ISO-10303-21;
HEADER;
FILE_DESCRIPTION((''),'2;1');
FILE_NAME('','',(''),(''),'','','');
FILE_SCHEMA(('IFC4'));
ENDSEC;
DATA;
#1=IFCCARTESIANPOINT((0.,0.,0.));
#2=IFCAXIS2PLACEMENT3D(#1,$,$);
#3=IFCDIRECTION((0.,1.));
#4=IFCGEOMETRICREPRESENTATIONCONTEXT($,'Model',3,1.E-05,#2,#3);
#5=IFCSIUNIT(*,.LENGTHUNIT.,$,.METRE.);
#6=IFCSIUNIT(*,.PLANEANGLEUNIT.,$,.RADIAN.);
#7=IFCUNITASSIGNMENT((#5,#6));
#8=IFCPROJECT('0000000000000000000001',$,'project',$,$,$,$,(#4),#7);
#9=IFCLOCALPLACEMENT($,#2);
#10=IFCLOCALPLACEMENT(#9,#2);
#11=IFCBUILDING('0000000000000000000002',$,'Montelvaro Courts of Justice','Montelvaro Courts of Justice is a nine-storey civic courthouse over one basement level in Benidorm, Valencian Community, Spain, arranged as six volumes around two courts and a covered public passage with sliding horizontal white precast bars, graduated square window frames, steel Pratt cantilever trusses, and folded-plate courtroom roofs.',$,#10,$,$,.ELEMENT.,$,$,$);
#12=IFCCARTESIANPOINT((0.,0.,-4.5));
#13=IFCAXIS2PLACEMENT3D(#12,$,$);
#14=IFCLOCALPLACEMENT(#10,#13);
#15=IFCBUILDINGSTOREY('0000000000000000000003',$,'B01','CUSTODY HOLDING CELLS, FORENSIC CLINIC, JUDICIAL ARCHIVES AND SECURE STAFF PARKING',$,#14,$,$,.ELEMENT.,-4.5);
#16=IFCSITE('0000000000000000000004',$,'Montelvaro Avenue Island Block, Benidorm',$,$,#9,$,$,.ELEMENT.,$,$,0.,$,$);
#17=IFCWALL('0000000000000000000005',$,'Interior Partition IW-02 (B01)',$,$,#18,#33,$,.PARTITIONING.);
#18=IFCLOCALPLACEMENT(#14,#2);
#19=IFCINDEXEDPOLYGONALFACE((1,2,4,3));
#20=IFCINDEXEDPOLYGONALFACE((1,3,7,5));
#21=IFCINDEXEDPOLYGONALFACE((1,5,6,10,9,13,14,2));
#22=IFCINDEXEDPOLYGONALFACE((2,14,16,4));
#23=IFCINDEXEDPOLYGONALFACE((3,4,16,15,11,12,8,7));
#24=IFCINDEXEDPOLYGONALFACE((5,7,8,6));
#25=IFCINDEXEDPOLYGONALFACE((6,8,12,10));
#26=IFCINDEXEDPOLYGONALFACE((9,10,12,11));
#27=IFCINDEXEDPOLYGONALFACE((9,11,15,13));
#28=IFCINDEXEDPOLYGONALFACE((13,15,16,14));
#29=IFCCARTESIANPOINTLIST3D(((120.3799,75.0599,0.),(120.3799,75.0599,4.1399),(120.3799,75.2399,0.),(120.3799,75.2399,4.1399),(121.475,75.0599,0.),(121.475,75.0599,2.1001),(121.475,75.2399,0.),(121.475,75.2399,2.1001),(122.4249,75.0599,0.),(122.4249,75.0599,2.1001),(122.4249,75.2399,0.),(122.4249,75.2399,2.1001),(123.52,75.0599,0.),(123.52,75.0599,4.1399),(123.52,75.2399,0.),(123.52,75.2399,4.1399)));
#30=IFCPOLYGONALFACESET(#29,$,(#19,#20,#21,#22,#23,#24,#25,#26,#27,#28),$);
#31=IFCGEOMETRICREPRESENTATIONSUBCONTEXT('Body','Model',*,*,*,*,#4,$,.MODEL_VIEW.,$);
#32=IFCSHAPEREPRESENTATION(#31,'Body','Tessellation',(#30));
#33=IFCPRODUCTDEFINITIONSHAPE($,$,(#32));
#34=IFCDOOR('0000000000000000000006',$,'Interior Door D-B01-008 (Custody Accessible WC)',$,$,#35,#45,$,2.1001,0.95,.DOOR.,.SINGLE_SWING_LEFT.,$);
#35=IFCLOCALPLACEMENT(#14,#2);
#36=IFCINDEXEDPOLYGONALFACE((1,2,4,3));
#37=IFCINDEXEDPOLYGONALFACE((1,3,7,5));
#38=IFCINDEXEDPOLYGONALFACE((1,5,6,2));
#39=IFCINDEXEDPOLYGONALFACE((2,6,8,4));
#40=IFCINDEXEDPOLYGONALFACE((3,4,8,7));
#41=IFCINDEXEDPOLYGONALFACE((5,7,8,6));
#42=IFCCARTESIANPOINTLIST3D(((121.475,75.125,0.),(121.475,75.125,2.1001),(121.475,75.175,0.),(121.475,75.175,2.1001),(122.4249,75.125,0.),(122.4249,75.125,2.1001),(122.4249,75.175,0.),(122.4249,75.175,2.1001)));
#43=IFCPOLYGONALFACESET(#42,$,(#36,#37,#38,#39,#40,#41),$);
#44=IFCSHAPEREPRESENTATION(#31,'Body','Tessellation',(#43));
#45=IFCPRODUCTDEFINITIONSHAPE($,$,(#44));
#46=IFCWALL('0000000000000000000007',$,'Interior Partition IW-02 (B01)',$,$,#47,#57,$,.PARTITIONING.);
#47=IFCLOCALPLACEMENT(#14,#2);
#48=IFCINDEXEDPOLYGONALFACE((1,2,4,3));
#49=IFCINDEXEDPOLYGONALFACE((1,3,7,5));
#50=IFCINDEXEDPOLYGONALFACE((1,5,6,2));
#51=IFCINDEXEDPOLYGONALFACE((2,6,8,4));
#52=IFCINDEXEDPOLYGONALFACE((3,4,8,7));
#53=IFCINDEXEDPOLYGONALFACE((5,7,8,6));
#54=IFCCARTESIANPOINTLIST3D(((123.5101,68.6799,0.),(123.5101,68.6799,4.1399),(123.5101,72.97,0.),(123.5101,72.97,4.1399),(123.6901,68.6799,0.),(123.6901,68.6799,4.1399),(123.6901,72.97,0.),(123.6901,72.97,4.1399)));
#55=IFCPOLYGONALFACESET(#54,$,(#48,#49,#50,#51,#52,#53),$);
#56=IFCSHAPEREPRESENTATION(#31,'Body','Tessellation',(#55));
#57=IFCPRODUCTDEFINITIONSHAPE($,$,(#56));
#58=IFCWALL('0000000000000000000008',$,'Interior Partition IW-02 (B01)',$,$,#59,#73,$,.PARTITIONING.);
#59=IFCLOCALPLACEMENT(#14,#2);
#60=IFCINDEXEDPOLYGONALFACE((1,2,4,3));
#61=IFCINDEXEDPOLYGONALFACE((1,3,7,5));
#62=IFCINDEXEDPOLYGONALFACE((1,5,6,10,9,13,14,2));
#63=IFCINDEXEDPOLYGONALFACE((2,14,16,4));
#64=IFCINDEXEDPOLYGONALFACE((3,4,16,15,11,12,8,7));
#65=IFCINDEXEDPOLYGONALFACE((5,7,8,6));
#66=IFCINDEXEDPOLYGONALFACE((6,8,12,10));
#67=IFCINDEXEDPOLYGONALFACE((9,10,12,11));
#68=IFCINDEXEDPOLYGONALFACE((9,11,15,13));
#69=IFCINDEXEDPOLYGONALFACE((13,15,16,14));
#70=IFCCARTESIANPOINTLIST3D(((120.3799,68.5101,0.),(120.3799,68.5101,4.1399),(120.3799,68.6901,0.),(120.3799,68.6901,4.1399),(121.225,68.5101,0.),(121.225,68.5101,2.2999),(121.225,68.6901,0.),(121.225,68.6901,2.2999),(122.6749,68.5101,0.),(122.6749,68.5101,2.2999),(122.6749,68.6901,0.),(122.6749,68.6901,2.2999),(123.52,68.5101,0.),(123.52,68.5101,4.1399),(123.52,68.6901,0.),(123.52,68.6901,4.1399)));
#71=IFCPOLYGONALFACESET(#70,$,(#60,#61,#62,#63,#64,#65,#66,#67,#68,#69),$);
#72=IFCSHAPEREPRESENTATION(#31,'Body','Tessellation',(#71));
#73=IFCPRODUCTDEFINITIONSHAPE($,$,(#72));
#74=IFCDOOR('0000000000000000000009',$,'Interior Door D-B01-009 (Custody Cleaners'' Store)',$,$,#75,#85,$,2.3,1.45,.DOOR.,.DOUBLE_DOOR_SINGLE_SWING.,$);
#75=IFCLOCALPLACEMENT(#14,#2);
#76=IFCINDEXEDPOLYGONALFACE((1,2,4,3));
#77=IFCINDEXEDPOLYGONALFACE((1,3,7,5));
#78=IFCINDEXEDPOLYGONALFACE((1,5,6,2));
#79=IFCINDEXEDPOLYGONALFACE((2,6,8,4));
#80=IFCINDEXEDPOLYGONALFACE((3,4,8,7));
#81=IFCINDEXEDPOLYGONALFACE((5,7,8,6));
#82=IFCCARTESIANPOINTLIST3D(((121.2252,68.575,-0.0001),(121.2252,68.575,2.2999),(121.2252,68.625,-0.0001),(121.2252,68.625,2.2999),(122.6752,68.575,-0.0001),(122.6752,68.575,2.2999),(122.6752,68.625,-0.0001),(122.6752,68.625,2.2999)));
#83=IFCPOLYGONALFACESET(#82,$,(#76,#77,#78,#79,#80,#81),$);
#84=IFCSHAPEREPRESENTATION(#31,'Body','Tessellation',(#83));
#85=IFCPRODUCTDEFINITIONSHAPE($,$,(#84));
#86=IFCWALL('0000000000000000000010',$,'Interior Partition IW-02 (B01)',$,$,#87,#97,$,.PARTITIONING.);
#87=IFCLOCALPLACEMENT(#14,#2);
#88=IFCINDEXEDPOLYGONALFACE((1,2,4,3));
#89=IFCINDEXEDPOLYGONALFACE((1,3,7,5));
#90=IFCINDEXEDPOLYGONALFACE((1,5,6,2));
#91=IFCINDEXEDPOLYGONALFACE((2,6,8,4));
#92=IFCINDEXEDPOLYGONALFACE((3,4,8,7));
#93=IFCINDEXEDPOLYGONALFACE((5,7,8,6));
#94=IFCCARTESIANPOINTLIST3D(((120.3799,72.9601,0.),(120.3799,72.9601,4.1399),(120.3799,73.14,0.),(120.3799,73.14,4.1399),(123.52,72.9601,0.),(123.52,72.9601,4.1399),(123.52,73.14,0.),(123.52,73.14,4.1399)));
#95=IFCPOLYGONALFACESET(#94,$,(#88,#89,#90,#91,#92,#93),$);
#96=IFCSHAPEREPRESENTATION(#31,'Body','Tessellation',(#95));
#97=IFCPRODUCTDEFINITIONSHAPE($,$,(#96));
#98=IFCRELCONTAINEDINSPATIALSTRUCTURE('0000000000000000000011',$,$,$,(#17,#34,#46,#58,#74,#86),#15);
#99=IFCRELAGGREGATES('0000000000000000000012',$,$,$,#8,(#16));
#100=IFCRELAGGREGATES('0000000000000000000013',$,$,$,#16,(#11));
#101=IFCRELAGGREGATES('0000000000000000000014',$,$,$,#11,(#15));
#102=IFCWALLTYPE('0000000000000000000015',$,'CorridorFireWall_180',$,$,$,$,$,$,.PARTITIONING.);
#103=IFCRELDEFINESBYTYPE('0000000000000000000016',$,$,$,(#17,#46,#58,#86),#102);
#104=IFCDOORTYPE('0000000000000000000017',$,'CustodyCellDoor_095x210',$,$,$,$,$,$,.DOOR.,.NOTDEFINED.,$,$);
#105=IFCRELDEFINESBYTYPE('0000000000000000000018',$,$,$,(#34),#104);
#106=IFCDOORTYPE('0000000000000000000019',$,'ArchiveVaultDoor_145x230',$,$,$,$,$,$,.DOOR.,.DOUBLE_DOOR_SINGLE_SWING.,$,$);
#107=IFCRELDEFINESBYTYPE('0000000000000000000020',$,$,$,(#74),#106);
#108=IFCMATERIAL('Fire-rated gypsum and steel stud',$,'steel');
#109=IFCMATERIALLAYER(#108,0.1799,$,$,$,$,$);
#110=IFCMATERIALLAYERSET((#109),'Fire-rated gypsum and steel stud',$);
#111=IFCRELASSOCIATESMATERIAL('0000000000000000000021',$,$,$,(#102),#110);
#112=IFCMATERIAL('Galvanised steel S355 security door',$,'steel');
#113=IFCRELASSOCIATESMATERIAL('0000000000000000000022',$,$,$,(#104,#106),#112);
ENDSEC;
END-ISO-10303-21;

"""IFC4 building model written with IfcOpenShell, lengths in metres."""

from ifc_helpers import new_model, si_unit, direction, frame, frame_2d, origin, place, context, subcontext, project, spatial, rectangle, extrude, material, layer, layer_set, type_object, element, fill, save


model = new_model("IFC4")

# Units and contexts
model_context = context("Model", 3, precision=1e-05, world=origin(), true_north=direction((0.0, 1.0)))
body_context = subcontext(model_context, "Body", "Model", "MODEL_VIEW")
ifc_project = project(units=[si_unit("LENGTHUNIT", "METRE"), si_unit("PLANEANGLEUNIT", "RADIAN")], contexts=[model_context])

# Site, building, storey
site_placement = place(None, origin())
site = spatial("IfcSite", under=ifc_project, at=site_placement, Name="Montelvaro Avenue Island Block, Benidorm", CompositionType="ELEMENT", RefElevation=0.0)
building_placement = place(site_placement, origin())
building = spatial("IfcBuilding", under=site, at=building_placement, Name="Montelvaro Courts of Justice", Description="Montelvaro Courts of Justice is a nine-storey civic courthouse over one basement level in Benidorm, Valencian Community, Spain, arranged as six volumes around two courts and a covered public passage with sliding horizontal white precast bars, graduated square window frames, steel Pratt cantilever trusses, and folded-plate courtroom roofs.", CompositionType="ELEMENT")
storey_placement = place(building_placement, frame((0.0, 0.0, -4.5)))
storey = spatial("IfcBuildingStorey", under=building, at=storey_placement, Name="B01", Description="CUSTODY HOLDING CELLS, FORENSIC CLINIC, JUDICIAL ARCHIVES AND SECURE STAFF PARKING", CompositionType="ELEMENT", Elevation=-4.5)

# Shared definitions
ifc_material_1 = material(Name="Fire-rated gypsum and steel stud", Category="steel")
ifc_layer = layer(ifc_material_1, 0.1799)
ifc_layer_set = layer_set([ifc_layer], Name="Fire-rated gypsum and steel stud")
wall_type = type_object("IfcWallType", Name="CorridorFireWall_180", PredefinedType="PARTITIONING", material=ifc_layer_set)

# Wall, opening, door
wall_1_placement = place(storey_placement, frame((123.52, 75.1499, 0.0), z_axis=(0.0, 0.0, 1.0), x_axis=(-1.0, 0.0, 0.0)))
wall_1 = element("IfcWall", 1, at=wall_1_placement, inside=storey, type_object=wall_type, Name="Interior Partition IW-02 (B01)", PredefinedType="PARTITIONING", context=body_context, shape_type="SweptSolid", body=[
    extrude(rectangle(XDim=3.1401, YDim=0.1799, at=frame_2d((1.5701, 0.0))), origin(), (0.0, 0.0, 1.0), 4.1399),
])
opening_1_placement = place(wall_1_placement, frame((1.095, 0.0, 0.0)))
opening_1 = element("IfcOpeningElement", 2, at=opening_1_placement, cuts=wall_1, PredefinedType="OPENING", context=body_context, shape_type="SweptSolid", body=[
    extrude(rectangle(XDim=0.95, YDim=2.1001, at=frame_2d((0.4751, 1.05))), frame((0.0, 0.105, 0.0), z_axis=(0.0, -1.0, 0.0), x_axis=(1.0, 0.0, 0.0)), (0.0, 0.0, 1.0), 0.2097),
])
ifc_material_2 = material(Name="Galvanised steel S355 security door", Category="steel")
door_type_1 = type_object("IfcDoorType", Name="CustodyCellDoor_095x210", OperationType="NOTDEFINED", PredefinedType="DOOR", material=ifc_material_2)
door_1_placement = place(opening_1_placement, origin())
door_1 = element("IfcDoor", 3, at=door_1_placement, inside=storey, type_object=door_type_1, Name="Interior Door D-B01-008 (Custody Accessible WC)", OperationType="SINGLE_SWING_LEFT", OverallHeight=2.1001, OverallWidth=0.95, PredefinedType="DOOR", context=body_context, shape_type="SweptSolid", body=[
    extrude(rectangle(XDim=0.95, YDim=2.1001, at=frame_2d((0.4751, 1.05))), frame((0.0, 0.0249, 0.0), z_axis=(0.0, -1.0, 0.0), x_axis=(1.0, 0.0, 0.0)), (0.0, 0.0, 1.0), 0.05),
])
fill(opening_1, door_1)

# Wall
wall_2_placement = place(storey_placement, frame((123.6001, 72.97, 0.0), z_axis=(0.0, 0.0, 1.0), x_axis=(0.0, -1.0, 0.0)))
element("IfcWall", 4, at=wall_2_placement, inside=storey, type_object=wall_type, Name="Interior Partition IW-02 (B01)", PredefinedType="PARTITIONING", context=body_context, shape_type="SweptSolid", body=[
    extrude(rectangle(XDim=4.29, YDim=0.1799, at=frame_2d((2.145, 0.0))), origin(), (0.0, 0.0, 1.0), 4.1399),
])

# Wall, opening, door
wall_3_placement = place(storey_placement, frame((123.52, 68.6001, 0.0), z_axis=(0.0, 0.0, 1.0), x_axis=(-1.0, 0.0, 0.0)))
wall_3 = element("IfcWall", 5, at=wall_3_placement, inside=storey, type_object=wall_type, Name="Interior Partition IW-02 (B01)", PredefinedType="PARTITIONING", context=body_context, shape_type="SweptSolid", body=[
    extrude(rectangle(XDim=3.1401, YDim=0.1799, at=frame_2d((1.5701, 0.0))), origin(), (0.0, 0.0, 1.0), 4.1399),
])
opening_2_placement = place(wall_3_placement, frame((0.845, 0.0, 0.0)))
opening_2 = element("IfcOpeningElement", 6, at=opening_2_placement, cuts=wall_3, PredefinedType="OPENING", context=body_context, shape_type="SweptSolid", body=[
    extrude(rectangle(XDim=1.45, YDim=2.3, at=frame_2d((0.7251, 1.1499))), frame((0.0, 0.105, 0.0), z_axis=(0.0, -1.0, 0.0), x_axis=(1.0, 0.0, 0.0)), (0.0, 0.0, 1.0), 0.2097),
])
door_type_2 = type_object("IfcDoorType", Name="ArchiveVaultDoor_145x230", OperationType="DOUBLE_DOOR_SINGLE_SWING", PredefinedType="DOOR", material=ifc_material_2)
door_2_placement = place(opening_2_placement, frame((1.45, 0.0, 0.0), z_axis=(0.0, 0.0, 1.0), x_axis=(-1.0, 0.0, 0.0)))
door_2 = element("IfcDoor", 7, at=door_2_placement, inside=storey, type_object=door_type_2, Name="Interior Door D-B01-009 (Custody Cleaners' Store)", OperationType="DOUBLE_DOOR_SINGLE_SWING", OverallHeight=2.3, OverallWidth=1.45, PredefinedType="DOOR", context=body_context, shape_type="SweptSolid", body=[
    extrude(rectangle(XDim=1.45, YDim=2.3, at=frame_2d((0.7251, 1.1499))), frame((0.0, 0.0249, 0.0), z_axis=(0.0, -1.0, 0.0), x_axis=(1.0, 0.0, 0.0)), (0.0, 0.0, 1.0), 0.05),
])
fill(opening_2, door_2)

# Wall
wall_4_placement = place(storey_placement, frame((120.3799, 73.05, 0.0), z_axis=(0.0, 0.0, 1.0), x_axis=(1.0, 0.0, 0.0)))
element("IfcWall", 8, at=wall_4_placement, inside=storey, type_object=wall_type, Name="Interior Partition IW-02 (B01)", PredefinedType="PARTITIONING", context=body_context, shape_type="SweptSolid", body=[
    extrude(rectangle(XDim=3.1401, YDim=0.1799, at=frame_2d((1.5701, 0.0))), origin(), (0.0, 0.0, 1.0), 4.1399),
])

save(model, "model.ifc")
